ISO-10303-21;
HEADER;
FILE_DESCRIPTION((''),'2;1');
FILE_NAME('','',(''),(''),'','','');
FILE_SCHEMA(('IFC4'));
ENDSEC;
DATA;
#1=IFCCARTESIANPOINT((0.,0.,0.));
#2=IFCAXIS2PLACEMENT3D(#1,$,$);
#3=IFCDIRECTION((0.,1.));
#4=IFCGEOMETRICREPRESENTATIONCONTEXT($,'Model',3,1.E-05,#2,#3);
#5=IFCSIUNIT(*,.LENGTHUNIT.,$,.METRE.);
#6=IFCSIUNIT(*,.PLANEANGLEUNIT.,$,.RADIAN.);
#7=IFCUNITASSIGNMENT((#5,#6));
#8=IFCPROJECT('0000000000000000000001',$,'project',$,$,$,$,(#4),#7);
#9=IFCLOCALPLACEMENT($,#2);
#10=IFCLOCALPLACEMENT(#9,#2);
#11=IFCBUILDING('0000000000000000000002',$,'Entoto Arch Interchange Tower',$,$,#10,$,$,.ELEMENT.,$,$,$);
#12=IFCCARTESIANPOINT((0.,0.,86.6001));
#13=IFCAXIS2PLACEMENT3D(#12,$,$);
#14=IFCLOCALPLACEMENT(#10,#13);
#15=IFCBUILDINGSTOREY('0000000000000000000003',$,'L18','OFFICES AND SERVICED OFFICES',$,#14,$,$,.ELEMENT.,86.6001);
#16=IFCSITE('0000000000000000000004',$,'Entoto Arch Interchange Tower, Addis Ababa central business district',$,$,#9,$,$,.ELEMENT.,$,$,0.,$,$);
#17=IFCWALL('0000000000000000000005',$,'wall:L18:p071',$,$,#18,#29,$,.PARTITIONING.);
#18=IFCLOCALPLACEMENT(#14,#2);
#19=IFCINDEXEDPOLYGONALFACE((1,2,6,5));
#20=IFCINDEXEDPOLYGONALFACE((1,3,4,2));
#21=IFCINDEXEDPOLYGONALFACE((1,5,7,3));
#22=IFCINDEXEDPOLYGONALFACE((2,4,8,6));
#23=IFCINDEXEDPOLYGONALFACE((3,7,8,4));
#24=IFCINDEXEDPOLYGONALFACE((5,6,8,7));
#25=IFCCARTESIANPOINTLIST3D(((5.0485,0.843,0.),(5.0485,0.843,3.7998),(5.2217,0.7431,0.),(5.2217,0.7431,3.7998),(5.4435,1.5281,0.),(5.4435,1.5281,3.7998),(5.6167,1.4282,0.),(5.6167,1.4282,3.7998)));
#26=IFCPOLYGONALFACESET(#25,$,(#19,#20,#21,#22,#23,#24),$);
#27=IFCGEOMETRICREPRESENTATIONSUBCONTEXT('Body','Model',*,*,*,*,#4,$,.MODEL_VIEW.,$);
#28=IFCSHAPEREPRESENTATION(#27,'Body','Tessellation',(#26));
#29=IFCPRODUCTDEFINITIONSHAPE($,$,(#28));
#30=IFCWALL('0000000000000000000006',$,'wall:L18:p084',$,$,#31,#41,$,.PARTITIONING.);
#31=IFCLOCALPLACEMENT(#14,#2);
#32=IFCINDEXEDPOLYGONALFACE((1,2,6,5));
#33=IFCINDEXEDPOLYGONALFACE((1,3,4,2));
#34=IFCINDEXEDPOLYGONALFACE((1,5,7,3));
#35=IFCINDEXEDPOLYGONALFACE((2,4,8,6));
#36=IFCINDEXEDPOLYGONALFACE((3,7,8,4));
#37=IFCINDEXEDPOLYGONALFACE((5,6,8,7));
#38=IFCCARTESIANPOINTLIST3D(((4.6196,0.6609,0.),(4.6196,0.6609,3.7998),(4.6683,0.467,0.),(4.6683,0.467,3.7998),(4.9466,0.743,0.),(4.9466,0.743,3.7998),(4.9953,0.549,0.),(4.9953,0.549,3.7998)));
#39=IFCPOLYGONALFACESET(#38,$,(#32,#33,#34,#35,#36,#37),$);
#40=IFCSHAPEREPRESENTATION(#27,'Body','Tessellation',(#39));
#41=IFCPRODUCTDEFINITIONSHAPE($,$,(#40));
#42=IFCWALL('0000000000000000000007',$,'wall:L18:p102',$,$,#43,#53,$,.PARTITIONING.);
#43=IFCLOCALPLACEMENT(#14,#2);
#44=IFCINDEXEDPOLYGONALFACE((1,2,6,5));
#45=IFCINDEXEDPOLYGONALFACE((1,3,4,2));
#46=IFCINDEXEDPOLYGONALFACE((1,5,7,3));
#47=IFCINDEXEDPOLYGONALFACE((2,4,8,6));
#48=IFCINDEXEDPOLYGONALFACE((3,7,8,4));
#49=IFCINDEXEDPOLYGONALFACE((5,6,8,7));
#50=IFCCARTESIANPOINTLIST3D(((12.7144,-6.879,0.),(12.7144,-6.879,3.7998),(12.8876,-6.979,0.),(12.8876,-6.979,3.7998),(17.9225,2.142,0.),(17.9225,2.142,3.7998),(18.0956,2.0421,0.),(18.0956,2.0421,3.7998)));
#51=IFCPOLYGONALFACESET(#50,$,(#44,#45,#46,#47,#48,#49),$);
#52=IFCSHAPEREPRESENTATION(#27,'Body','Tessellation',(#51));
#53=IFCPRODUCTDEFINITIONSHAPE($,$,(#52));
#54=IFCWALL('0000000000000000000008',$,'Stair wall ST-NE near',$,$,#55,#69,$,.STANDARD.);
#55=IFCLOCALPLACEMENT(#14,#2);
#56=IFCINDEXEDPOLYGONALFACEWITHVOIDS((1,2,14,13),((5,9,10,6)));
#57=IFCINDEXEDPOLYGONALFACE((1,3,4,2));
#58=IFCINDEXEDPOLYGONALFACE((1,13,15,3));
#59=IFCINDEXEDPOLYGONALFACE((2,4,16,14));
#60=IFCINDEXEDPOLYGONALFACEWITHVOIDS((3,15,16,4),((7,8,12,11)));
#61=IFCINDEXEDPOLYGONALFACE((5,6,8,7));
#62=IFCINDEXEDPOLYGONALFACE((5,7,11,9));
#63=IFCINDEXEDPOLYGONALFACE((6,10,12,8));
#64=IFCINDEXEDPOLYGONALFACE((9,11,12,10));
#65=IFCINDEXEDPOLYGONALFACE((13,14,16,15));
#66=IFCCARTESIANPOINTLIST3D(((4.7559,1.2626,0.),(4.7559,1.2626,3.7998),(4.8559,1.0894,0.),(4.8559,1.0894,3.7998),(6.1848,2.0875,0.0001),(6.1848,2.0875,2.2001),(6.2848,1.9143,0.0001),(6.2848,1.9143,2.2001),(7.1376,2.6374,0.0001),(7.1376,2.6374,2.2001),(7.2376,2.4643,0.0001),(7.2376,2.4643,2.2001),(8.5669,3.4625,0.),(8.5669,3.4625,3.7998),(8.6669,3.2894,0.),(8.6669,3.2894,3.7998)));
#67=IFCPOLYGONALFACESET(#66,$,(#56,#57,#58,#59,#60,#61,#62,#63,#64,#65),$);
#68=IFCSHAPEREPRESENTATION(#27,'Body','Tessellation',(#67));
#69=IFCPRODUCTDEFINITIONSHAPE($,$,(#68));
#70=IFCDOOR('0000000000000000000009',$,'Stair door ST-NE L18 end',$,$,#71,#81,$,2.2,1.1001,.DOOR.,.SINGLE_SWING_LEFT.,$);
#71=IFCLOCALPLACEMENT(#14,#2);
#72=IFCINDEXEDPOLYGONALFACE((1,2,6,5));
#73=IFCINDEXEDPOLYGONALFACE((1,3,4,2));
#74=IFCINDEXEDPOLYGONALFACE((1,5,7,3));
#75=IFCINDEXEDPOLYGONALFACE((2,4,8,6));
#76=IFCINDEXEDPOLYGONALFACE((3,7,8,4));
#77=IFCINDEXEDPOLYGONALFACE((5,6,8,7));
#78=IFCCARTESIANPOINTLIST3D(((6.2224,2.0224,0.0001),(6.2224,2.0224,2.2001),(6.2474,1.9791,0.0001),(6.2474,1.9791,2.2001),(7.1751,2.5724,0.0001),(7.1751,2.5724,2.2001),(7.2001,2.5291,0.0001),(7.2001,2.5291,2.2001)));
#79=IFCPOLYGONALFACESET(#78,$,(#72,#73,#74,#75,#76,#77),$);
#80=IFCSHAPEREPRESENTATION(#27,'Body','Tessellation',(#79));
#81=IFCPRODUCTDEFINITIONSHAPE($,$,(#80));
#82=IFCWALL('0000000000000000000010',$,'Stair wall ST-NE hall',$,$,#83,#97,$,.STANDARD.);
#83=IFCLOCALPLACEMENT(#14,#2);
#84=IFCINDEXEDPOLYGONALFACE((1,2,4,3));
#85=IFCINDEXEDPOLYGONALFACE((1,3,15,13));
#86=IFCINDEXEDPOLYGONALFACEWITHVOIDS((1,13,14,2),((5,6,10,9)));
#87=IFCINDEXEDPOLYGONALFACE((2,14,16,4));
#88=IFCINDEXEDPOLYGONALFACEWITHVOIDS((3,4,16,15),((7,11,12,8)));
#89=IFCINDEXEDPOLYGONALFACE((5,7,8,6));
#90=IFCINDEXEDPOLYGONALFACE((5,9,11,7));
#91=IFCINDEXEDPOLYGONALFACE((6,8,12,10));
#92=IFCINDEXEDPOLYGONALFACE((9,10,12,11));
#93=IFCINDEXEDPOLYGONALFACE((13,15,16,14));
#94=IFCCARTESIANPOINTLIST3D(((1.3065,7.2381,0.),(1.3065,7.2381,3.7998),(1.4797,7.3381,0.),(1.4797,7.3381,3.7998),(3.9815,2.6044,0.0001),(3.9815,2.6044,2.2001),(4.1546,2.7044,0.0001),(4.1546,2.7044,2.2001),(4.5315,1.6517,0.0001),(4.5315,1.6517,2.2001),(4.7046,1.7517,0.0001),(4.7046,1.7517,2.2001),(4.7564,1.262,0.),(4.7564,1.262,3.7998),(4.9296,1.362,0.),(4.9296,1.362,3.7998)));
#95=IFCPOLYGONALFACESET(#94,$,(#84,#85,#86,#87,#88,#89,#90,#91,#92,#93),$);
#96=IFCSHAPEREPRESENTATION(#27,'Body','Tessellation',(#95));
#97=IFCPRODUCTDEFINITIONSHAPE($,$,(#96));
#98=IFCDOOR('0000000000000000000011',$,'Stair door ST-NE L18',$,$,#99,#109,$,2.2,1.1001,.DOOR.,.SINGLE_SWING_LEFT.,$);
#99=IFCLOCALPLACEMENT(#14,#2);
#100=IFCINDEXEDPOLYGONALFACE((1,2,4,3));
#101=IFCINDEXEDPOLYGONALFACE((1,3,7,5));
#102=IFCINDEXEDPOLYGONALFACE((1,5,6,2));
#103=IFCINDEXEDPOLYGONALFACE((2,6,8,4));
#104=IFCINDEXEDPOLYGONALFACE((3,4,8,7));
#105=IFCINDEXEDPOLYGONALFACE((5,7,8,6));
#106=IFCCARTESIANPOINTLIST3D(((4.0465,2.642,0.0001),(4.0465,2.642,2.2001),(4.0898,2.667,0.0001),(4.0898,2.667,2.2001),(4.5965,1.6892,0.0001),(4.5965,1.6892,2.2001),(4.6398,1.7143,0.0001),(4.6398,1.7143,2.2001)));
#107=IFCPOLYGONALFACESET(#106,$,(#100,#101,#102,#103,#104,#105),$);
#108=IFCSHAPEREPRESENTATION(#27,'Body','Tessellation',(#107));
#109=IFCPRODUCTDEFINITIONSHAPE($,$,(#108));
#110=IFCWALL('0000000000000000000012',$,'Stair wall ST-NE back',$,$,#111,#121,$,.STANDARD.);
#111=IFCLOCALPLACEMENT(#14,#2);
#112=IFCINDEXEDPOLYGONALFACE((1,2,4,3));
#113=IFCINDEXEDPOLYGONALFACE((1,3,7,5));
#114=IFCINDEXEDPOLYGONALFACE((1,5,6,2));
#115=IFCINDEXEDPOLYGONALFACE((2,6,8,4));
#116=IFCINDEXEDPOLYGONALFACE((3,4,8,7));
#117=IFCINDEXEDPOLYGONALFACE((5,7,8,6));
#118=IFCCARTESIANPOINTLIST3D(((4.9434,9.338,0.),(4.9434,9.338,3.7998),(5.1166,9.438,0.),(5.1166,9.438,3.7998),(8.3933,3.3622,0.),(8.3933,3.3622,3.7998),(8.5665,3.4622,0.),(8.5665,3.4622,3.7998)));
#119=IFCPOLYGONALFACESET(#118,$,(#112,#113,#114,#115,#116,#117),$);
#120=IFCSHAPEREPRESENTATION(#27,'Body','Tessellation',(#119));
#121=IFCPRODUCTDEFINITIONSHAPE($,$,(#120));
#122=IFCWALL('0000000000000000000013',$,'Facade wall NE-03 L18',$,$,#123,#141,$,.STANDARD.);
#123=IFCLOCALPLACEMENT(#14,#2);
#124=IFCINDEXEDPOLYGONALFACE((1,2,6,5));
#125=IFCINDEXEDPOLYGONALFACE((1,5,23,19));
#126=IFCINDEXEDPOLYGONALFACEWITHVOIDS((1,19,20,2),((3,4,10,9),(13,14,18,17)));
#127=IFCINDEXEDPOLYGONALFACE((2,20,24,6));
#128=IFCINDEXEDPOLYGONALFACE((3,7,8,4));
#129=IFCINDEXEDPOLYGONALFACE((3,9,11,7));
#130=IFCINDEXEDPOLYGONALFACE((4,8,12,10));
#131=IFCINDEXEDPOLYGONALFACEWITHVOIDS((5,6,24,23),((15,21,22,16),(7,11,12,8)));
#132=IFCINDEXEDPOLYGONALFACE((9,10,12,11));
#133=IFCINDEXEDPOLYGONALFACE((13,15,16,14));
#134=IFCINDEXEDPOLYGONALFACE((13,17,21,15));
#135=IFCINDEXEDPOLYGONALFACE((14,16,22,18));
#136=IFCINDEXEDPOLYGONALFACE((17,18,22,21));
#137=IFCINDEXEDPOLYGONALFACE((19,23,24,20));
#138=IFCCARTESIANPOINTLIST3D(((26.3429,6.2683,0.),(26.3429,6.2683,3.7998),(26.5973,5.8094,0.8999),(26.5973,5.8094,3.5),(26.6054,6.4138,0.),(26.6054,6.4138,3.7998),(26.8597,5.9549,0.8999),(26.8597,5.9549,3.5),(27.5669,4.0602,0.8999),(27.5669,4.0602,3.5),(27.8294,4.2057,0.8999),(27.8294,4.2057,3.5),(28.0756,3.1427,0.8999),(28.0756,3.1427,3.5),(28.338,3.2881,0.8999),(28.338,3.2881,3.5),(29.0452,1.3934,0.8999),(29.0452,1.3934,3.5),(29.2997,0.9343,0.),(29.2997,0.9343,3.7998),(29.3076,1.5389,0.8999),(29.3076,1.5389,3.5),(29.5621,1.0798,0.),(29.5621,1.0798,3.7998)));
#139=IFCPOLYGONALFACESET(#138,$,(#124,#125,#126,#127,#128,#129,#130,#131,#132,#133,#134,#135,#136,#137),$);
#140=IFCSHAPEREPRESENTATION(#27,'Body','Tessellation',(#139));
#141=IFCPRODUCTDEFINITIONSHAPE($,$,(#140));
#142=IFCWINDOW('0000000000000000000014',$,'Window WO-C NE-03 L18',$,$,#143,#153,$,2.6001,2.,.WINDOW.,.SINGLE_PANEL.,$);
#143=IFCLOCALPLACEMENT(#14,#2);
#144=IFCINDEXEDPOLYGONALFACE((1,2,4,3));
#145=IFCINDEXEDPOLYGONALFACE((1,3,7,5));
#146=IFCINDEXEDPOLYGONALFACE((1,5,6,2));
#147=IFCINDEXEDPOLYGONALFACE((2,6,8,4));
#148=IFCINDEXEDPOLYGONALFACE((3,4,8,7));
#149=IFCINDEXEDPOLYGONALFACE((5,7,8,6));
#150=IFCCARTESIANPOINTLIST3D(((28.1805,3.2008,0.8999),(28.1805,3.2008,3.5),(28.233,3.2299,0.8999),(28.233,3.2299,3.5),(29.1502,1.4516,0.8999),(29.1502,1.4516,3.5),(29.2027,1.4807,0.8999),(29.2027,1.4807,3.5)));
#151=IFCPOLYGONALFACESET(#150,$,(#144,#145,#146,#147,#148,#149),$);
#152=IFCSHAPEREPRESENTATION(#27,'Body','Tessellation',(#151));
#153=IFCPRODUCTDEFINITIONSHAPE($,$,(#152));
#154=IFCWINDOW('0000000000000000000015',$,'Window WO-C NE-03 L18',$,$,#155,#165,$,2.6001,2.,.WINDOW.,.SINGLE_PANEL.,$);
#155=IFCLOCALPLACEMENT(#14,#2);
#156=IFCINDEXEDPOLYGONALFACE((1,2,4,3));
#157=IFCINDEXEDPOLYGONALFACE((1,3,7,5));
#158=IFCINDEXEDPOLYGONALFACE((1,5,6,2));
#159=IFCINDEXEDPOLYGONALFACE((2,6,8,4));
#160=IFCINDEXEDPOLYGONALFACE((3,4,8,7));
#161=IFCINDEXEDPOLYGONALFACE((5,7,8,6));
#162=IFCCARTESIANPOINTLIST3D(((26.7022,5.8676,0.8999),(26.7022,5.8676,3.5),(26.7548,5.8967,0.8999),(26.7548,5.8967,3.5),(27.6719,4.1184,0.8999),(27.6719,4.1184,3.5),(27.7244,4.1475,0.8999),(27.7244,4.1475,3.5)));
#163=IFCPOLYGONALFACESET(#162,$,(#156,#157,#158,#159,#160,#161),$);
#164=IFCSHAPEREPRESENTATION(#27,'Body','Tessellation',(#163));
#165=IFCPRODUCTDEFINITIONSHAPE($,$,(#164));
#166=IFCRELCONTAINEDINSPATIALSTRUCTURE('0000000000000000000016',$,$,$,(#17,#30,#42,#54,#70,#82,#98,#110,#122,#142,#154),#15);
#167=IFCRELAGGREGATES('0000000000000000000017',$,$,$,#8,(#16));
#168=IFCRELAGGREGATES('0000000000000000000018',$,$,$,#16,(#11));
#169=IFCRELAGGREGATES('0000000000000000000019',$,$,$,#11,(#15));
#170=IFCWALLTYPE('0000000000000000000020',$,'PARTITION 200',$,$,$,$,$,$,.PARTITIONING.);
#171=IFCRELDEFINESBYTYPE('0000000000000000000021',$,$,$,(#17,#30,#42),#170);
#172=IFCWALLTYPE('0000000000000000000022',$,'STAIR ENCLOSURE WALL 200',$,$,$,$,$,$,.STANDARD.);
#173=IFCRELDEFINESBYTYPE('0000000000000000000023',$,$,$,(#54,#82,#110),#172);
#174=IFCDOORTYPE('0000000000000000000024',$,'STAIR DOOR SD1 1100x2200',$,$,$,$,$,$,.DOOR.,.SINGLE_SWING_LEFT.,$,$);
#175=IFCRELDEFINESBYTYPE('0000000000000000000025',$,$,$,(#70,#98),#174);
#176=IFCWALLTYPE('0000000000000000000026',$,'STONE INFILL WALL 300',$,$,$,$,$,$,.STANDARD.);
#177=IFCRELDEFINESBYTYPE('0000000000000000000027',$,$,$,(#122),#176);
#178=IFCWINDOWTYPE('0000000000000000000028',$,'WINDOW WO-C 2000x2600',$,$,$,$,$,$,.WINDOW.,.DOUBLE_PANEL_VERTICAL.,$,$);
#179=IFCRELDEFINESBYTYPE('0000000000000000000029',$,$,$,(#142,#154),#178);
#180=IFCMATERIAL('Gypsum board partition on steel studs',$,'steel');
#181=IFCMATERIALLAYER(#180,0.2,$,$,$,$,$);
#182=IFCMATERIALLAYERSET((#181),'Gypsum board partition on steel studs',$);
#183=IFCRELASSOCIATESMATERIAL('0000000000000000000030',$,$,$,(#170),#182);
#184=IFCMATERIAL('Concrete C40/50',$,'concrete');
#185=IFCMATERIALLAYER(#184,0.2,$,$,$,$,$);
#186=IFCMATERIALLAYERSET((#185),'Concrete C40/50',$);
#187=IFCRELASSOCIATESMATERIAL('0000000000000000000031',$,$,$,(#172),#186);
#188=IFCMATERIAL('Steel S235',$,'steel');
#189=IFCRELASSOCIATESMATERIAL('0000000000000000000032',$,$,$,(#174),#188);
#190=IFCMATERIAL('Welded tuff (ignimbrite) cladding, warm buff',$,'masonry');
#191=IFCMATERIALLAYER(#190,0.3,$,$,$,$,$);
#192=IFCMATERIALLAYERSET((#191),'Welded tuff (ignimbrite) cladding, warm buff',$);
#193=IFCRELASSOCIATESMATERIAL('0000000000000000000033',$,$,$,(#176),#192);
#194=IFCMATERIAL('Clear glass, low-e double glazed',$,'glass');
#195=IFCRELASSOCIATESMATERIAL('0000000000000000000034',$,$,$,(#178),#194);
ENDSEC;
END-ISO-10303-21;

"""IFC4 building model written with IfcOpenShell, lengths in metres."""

from ifc_helpers import new_model, si_unit, direction, frame, frame_2d, origin, place, context, subcontext, project, spatial, rectangle, extrude, material, layer, layer_set, type_object, element, fill, save


model = new_model("IFC4")

# Units and contexts
model_context = context("Model", 3, precision=1e-05, world=origin(), true_north=direction((0.0, 1.0)))
body_context = subcontext(model_context, "Body", "Model", "MODEL_VIEW")
ifc_project = project(units=[si_unit("LENGTHUNIT", "METRE"), si_unit("PLANEANGLEUNIT", "RADIAN")], contexts=[model_context])

# Site, building, storey
site_placement = place(None, origin())
site = spatial("IfcSite", under=ifc_project, at=site_placement, Name="Entoto Arch Interchange Tower, Addis Ababa central business district", CompositionType="ELEMENT", RefElevation=0.0)
building_placement = place(site_placement, origin())
building = spatial("IfcBuilding", under=site, at=building_placement, Name="Entoto Arch Interchange Tower", CompositionType="ELEMENT")
storey_placement = place(building_placement, frame((0.0, 0.0, 86.6001)))
storey = spatial("IfcBuildingStorey", under=building, at=storey_placement, Name="L18", Description="OFFICES AND SERVICED OFFICES", CompositionType="ELEMENT", Elevation=86.6001)

# Shared definitions
ifc_material_1 = material(Name="Concrete C40/50", Category="concrete")
ifc_material_2 = material(Name="Gypsum board partition on steel studs", Category="steel")

# Shared definitions
ifc_layer_1 = layer(ifc_material_2, 0.2)
ifc_layer_set_1 = layer_set([ifc_layer_1], Name="Gypsum board partition on steel studs")
wall_type_1 = type_object("IfcWallType", Name="PARTITION 200", PredefinedType="PARTITIONING", material=ifc_layer_set_1)

# Walls
wall_1_placement = place(storey_placement, frame((5.135, 0.793, 0.0), z_axis=(0.0, 0.0, 1.0), x_axis=(0.499526, 0.866299, 0.0)))
element("IfcWall", 1, at=wall_1_placement, inside=storey, type_object=wall_type_1, Name="wall:L18:p071", PredefinedType="PARTITIONING", context=body_context, shape_type="SweptSolid", body=[
    extrude(rectangle(XDim=0.7908, YDim=0.2, at=frame_2d((0.3955, 0.0))), origin(), (0.0, 0.0, 1.0), 3.7998),
])
wall_2_placement = place(storey_placement, frame((4.644, 0.564, 0.0), z_axis=(0.0, 0.0, 1.0), x_axis=(0.969929, 0.243388, 0.0)))
element("IfcWall", 2, at=wall_2_placement, inside=storey, type_object=wall_type_1, Name="wall:L18:p084", PredefinedType="PARTITIONING", context=body_context, shape_type="SweptSolid", body=[
    extrude(rectangle(XDim=0.3372, YDim=0.2, at=frame_2d((0.1685, 0.0))), origin(), (0.0, 0.0, 1.0), 3.7998),
])
wall_3_placement = place(storey_placement, frame((18.009, 2.092, 0.0), z_axis=(0.0, 0.0, 1.0), x_axis=(-0.499981, -0.866036, 0.0)))
element("IfcWall", 3, at=wall_3_placement, inside=storey, type_object=wall_type_1, Name="wall:L18:p102", PredefinedType="PARTITIONING", context=body_context, shape_type="SweptSolid", body=[
    extrude(rectangle(XDim=10.4165, YDim=0.2, at=frame_2d((5.2083, 0.0))), origin(), (0.0, 0.0, 1.0), 3.7998),
])

# Walls, openings, doors
ifc_layer_2 = layer(ifc_material_1, 0.2)
ifc_layer_set_2 = layer_set([ifc_layer_2], Name="Concrete C40/50")
wall_type_2 = type_object("IfcWallType", Name="STAIR ENCLOSURE WALL 200", PredefinedType="STANDARD", material=ifc_layer_set_2)
wall_4_placement = place(storey_placement, frame((4.8059, 1.176, 0.0), z_axis=(0.0, 0.0, 1.0), x_axis=(0.86606, 0.49994, 0.0)))
wall_4 = element("IfcWall", 4, at=wall_4_placement, inside=storey, type_object=wall_type_2, Name="Stair wall ST-NE near", PredefinedType="STANDARD", context=body_context, shape_type="SweptSolid", body=[
    extrude(rectangle(XDim=4.4004, YDim=0.2, at=frame_2d((2.2002, 0.0))), origin(), (0.0, 0.0, 1.0), 3.7998),
])
opening_1_placement = place(wall_4_placement, frame((1.6499, 0.0, 0.0)))
opening_1 = element("IfcOpeningElement", 5, at=opening_1_placement, cuts=wall_4, PredefinedType="OPENING", context=body_context, shape_type="SweptSolid", body=[
    extrude(rectangle(XDim=1.1001, YDim=2.2, at=frame_2d((0.55, 1.1001))), frame((0.0, 0.1099, 0.0), z_axis=(0.0, -1.0, 0.0), x_axis=(1.0, 0.0, 0.0)), (0.0, 0.0, 1.0), 0.22),
])
ifc_material_3 = material(Name="Steel S235", Category="steel")
door_type_1 = type_object("IfcDoorType", Name="STAIR DOOR SD1 1100x2200", OperationType="SINGLE_SWING_LEFT", PredefinedType="DOOR", material=ifc_material_3)
door_1_placement = place(opening_1_placement, origin())
door_1 = element("IfcDoor", 6, at=door_1_placement, inside=storey, type_object=door_type_1, Name="Stair door ST-NE L18 end", OperationType="SINGLE_SWING_LEFT", OverallHeight=2.2, OverallWidth=1.1001, PredefinedType="DOOR", context=body_context, shape_type="SweptSolid", body=[
    extrude(rectangle(XDim=1.1001, YDim=2.2, at=frame_2d((0.55, 1.1001))), frame((0.0, 0.0249, 0.0), z_axis=(0.0, -1.0, 0.0), x_axis=(1.0, 0.0, 0.0)), (0.0, 0.0, 1.0), 0.05),
])
fill(opening_1, door_1)
wall_5_placement = place(storey_placement, frame((4.843, 1.312, 0.0), z_axis=(0.0, 0.0, 1.0), x_axis=(-0.499963, 0.866047, 0.0)))
wall_5 = element("IfcWall", 7, at=wall_5_placement, inside=storey, type_object=wall_type_2, Name="Stair wall ST-NE hall", PredefinedType="STANDARD", context=body_context, shape_type="SweptSolid", body=[
    extrude(rectangle(XDim=6.9004, YDim=0.2, at=frame_2d((3.4502, 0.0))), origin(), (0.0, 0.0, 1.0), 3.7998),
])
opening_2_placement = place(wall_5_placement, frame((0.45, 0.0, 0.0)))
opening_2 = element("IfcOpeningElement", 8, at=opening_2_placement, cuts=wall_5, PredefinedType="OPENING", context=body_context, shape_type="SweptSolid", body=[
    extrude(rectangle(XDim=1.1001, YDim=2.2, at=frame_2d((0.55, 1.1001))), frame((0.0, 0.1099, 0.0), z_axis=(0.0, -1.0, 0.0), x_axis=(1.0, 0.0, 0.0)), (0.0, 0.0, 1.0), 0.22),
])
door_2_placement = place(opening_2_placement, origin())
door_2 = element("IfcDoor", 9, at=door_2_placement, inside=storey, type_object=door_type_1, Name="Stair door ST-NE L18", OperationType="SINGLE_SWING_LEFT", OverallHeight=2.2, OverallWidth=1.1001, PredefinedType="DOOR", context=body_context, shape_type="SweptSolid", body=[
    extrude(rectangle(XDim=1.1001, YDim=2.2, at=frame_2d((0.55, 1.1001))), frame((0.0, 0.0249, 0.0), z_axis=(0.0, -1.0, 0.0), x_axis=(1.0, 0.0, 0.0)), (0.0, 0.0, 1.0), 0.05),
])
fill(opening_2, door_2)

# Wall
wall_6_placement = place(storey_placement, frame((8.48, 3.4121, 0.0), z_axis=(0.0, 0.0, 1.0), x_axis=(-0.499979, 0.866038, 0.0)))
element("IfcWall", 10, at=wall_6_placement, inside=storey, type_object=wall_type_2, Name="Stair wall ST-NE back", PredefinedType="STANDARD", context=body_context, shape_type="SweptSolid", body=[
    extrude(rectangle(XDim=6.9001, YDim=0.2, at=frame_2d((3.4502, 0.0))), origin(), (0.0, 0.0, 1.0), 3.7998),
])

# Wall, openings, windows
ifc_material_4 = material(Name="Welded tuff (ignimbrite) cladding, warm buff", Category="masonry")
ifc_layer_3 = layer(ifc_material_4, 0.3)
ifc_layer_set_3 = layer_set([ifc_layer_3], Name="Welded tuff (ignimbrite) cladding, warm buff")
wall_type_3 = type_object("IfcWallType", Name="STONE INFILL WALL 300", PredefinedType="STANDARD", material=ifc_layer_set_3)
wall_7_placement = place(storey_placement, frame((29.4309, 1.0071, 0.0), z_axis=(0.0, 0.0, 1.0), x_axis=(-0.484824, 0.874612, 0.0)))
wall_7 = element("IfcWall", 11, at=wall_7_placement, inside=storey, type_object=wall_type_3, Name="Facade wall NE-03 L18", PredefinedType="STANDARD", context=body_context, shape_type="SweptSolid", body=[
    extrude(rectangle(XDim=6.0986, YDim=0.3, at=frame_2d((3.0493, 0.0))), origin(), (0.0, 0.0, 1.0), 3.7998),
])
opening_3_placement = place(wall_7_placement, frame((0.5249, 0.0, 0.8999)))
opening_3 = element("IfcOpeningElement", 12, at=opening_3_placement, cuts=wall_7, PredefinedType="OPENING", context=body_context, shape_type="SweptSolid", body=[
    extrude(rectangle(XDim=2.0, YDim=2.6001, at=frame_2d((1.0, 1.3))), frame((0.0, 0.1602, 0.0), z_axis=(0.0, -1.0, 0.0), x_axis=(1.0, 0.0, 0.0)), (0.0, 0.0, 1.0), 0.3201),
])
opening_4_placement = place(wall_7_placement, frame((3.574, 0.0, 0.8999)))
opening_4 = element("IfcOpeningElement", 13, at=opening_4_placement, cuts=wall_7, PredefinedType="OPENING", context=body_context, shape_type="SweptSolid", body=[
    extrude(rectangle(XDim=2.0, YDim=2.6001, at=frame_2d((1.0, 1.3))), frame((0.0, 0.1602, 0.0), z_axis=(0.0, -1.0, 0.0), x_axis=(1.0, 0.0, 0.0)), (0.0, 0.0, 1.0), 0.3201),
])
ifc_material_5 = material(Name="Clear glass, low-e double glazed", Category="glass")
window_type = type_object("IfcWindowType", Name="WINDOW WO-C 2000x2600", PartitioningType="DOUBLE_PANEL_VERTICAL", PredefinedType="WINDOW", material=ifc_material_5)
window_1_placement = place(opening_3_placement, origin())
window_1 = element("IfcWindow", 14, at=window_1_placement, inside=storey, type_object=window_type, Name="Window WO-C NE-03 L18", OverallHeight=2.6001, OverallWidth=2.0, PartitioningType="SINGLE_PANEL", PredefinedType="WINDOW", context=body_context, shape_type="SweptSolid", body=[
    extrude(rectangle(XDim=2.0, YDim=2.6001, at=frame_2d((1.0, 1.3))), frame((0.0, 0.03, 0.0), z_axis=(0.0, -1.0, 0.0), x_axis=(1.0, 0.0, 0.0)), (0.0, 0.0, 1.0), 0.0601),
])
fill(opening_3, window_1)
window_2_placement = place(opening_4_placement, origin())
window_2 = element("IfcWindow", 15, at=window_2_placement, inside=storey, type_object=window_type, Name="Window WO-C NE-03 L18", OverallHeight=2.6001, OverallWidth=2.0, PartitioningType="SINGLE_PANEL", PredefinedType="WINDOW", context=body_context, shape_type="SweptSolid", body=[
    extrude(rectangle(XDim=2.0, YDim=2.6001, at=frame_2d((1.0, 1.3))), frame((0.0, 0.03, 0.0), z_axis=(0.0, -1.0, 0.0), x_axis=(1.0, 0.0, 0.0)), (0.0, 0.0, 1.0), 0.0601),
])
fill(opening_4, window_2)

save(model, "model.ifc")
